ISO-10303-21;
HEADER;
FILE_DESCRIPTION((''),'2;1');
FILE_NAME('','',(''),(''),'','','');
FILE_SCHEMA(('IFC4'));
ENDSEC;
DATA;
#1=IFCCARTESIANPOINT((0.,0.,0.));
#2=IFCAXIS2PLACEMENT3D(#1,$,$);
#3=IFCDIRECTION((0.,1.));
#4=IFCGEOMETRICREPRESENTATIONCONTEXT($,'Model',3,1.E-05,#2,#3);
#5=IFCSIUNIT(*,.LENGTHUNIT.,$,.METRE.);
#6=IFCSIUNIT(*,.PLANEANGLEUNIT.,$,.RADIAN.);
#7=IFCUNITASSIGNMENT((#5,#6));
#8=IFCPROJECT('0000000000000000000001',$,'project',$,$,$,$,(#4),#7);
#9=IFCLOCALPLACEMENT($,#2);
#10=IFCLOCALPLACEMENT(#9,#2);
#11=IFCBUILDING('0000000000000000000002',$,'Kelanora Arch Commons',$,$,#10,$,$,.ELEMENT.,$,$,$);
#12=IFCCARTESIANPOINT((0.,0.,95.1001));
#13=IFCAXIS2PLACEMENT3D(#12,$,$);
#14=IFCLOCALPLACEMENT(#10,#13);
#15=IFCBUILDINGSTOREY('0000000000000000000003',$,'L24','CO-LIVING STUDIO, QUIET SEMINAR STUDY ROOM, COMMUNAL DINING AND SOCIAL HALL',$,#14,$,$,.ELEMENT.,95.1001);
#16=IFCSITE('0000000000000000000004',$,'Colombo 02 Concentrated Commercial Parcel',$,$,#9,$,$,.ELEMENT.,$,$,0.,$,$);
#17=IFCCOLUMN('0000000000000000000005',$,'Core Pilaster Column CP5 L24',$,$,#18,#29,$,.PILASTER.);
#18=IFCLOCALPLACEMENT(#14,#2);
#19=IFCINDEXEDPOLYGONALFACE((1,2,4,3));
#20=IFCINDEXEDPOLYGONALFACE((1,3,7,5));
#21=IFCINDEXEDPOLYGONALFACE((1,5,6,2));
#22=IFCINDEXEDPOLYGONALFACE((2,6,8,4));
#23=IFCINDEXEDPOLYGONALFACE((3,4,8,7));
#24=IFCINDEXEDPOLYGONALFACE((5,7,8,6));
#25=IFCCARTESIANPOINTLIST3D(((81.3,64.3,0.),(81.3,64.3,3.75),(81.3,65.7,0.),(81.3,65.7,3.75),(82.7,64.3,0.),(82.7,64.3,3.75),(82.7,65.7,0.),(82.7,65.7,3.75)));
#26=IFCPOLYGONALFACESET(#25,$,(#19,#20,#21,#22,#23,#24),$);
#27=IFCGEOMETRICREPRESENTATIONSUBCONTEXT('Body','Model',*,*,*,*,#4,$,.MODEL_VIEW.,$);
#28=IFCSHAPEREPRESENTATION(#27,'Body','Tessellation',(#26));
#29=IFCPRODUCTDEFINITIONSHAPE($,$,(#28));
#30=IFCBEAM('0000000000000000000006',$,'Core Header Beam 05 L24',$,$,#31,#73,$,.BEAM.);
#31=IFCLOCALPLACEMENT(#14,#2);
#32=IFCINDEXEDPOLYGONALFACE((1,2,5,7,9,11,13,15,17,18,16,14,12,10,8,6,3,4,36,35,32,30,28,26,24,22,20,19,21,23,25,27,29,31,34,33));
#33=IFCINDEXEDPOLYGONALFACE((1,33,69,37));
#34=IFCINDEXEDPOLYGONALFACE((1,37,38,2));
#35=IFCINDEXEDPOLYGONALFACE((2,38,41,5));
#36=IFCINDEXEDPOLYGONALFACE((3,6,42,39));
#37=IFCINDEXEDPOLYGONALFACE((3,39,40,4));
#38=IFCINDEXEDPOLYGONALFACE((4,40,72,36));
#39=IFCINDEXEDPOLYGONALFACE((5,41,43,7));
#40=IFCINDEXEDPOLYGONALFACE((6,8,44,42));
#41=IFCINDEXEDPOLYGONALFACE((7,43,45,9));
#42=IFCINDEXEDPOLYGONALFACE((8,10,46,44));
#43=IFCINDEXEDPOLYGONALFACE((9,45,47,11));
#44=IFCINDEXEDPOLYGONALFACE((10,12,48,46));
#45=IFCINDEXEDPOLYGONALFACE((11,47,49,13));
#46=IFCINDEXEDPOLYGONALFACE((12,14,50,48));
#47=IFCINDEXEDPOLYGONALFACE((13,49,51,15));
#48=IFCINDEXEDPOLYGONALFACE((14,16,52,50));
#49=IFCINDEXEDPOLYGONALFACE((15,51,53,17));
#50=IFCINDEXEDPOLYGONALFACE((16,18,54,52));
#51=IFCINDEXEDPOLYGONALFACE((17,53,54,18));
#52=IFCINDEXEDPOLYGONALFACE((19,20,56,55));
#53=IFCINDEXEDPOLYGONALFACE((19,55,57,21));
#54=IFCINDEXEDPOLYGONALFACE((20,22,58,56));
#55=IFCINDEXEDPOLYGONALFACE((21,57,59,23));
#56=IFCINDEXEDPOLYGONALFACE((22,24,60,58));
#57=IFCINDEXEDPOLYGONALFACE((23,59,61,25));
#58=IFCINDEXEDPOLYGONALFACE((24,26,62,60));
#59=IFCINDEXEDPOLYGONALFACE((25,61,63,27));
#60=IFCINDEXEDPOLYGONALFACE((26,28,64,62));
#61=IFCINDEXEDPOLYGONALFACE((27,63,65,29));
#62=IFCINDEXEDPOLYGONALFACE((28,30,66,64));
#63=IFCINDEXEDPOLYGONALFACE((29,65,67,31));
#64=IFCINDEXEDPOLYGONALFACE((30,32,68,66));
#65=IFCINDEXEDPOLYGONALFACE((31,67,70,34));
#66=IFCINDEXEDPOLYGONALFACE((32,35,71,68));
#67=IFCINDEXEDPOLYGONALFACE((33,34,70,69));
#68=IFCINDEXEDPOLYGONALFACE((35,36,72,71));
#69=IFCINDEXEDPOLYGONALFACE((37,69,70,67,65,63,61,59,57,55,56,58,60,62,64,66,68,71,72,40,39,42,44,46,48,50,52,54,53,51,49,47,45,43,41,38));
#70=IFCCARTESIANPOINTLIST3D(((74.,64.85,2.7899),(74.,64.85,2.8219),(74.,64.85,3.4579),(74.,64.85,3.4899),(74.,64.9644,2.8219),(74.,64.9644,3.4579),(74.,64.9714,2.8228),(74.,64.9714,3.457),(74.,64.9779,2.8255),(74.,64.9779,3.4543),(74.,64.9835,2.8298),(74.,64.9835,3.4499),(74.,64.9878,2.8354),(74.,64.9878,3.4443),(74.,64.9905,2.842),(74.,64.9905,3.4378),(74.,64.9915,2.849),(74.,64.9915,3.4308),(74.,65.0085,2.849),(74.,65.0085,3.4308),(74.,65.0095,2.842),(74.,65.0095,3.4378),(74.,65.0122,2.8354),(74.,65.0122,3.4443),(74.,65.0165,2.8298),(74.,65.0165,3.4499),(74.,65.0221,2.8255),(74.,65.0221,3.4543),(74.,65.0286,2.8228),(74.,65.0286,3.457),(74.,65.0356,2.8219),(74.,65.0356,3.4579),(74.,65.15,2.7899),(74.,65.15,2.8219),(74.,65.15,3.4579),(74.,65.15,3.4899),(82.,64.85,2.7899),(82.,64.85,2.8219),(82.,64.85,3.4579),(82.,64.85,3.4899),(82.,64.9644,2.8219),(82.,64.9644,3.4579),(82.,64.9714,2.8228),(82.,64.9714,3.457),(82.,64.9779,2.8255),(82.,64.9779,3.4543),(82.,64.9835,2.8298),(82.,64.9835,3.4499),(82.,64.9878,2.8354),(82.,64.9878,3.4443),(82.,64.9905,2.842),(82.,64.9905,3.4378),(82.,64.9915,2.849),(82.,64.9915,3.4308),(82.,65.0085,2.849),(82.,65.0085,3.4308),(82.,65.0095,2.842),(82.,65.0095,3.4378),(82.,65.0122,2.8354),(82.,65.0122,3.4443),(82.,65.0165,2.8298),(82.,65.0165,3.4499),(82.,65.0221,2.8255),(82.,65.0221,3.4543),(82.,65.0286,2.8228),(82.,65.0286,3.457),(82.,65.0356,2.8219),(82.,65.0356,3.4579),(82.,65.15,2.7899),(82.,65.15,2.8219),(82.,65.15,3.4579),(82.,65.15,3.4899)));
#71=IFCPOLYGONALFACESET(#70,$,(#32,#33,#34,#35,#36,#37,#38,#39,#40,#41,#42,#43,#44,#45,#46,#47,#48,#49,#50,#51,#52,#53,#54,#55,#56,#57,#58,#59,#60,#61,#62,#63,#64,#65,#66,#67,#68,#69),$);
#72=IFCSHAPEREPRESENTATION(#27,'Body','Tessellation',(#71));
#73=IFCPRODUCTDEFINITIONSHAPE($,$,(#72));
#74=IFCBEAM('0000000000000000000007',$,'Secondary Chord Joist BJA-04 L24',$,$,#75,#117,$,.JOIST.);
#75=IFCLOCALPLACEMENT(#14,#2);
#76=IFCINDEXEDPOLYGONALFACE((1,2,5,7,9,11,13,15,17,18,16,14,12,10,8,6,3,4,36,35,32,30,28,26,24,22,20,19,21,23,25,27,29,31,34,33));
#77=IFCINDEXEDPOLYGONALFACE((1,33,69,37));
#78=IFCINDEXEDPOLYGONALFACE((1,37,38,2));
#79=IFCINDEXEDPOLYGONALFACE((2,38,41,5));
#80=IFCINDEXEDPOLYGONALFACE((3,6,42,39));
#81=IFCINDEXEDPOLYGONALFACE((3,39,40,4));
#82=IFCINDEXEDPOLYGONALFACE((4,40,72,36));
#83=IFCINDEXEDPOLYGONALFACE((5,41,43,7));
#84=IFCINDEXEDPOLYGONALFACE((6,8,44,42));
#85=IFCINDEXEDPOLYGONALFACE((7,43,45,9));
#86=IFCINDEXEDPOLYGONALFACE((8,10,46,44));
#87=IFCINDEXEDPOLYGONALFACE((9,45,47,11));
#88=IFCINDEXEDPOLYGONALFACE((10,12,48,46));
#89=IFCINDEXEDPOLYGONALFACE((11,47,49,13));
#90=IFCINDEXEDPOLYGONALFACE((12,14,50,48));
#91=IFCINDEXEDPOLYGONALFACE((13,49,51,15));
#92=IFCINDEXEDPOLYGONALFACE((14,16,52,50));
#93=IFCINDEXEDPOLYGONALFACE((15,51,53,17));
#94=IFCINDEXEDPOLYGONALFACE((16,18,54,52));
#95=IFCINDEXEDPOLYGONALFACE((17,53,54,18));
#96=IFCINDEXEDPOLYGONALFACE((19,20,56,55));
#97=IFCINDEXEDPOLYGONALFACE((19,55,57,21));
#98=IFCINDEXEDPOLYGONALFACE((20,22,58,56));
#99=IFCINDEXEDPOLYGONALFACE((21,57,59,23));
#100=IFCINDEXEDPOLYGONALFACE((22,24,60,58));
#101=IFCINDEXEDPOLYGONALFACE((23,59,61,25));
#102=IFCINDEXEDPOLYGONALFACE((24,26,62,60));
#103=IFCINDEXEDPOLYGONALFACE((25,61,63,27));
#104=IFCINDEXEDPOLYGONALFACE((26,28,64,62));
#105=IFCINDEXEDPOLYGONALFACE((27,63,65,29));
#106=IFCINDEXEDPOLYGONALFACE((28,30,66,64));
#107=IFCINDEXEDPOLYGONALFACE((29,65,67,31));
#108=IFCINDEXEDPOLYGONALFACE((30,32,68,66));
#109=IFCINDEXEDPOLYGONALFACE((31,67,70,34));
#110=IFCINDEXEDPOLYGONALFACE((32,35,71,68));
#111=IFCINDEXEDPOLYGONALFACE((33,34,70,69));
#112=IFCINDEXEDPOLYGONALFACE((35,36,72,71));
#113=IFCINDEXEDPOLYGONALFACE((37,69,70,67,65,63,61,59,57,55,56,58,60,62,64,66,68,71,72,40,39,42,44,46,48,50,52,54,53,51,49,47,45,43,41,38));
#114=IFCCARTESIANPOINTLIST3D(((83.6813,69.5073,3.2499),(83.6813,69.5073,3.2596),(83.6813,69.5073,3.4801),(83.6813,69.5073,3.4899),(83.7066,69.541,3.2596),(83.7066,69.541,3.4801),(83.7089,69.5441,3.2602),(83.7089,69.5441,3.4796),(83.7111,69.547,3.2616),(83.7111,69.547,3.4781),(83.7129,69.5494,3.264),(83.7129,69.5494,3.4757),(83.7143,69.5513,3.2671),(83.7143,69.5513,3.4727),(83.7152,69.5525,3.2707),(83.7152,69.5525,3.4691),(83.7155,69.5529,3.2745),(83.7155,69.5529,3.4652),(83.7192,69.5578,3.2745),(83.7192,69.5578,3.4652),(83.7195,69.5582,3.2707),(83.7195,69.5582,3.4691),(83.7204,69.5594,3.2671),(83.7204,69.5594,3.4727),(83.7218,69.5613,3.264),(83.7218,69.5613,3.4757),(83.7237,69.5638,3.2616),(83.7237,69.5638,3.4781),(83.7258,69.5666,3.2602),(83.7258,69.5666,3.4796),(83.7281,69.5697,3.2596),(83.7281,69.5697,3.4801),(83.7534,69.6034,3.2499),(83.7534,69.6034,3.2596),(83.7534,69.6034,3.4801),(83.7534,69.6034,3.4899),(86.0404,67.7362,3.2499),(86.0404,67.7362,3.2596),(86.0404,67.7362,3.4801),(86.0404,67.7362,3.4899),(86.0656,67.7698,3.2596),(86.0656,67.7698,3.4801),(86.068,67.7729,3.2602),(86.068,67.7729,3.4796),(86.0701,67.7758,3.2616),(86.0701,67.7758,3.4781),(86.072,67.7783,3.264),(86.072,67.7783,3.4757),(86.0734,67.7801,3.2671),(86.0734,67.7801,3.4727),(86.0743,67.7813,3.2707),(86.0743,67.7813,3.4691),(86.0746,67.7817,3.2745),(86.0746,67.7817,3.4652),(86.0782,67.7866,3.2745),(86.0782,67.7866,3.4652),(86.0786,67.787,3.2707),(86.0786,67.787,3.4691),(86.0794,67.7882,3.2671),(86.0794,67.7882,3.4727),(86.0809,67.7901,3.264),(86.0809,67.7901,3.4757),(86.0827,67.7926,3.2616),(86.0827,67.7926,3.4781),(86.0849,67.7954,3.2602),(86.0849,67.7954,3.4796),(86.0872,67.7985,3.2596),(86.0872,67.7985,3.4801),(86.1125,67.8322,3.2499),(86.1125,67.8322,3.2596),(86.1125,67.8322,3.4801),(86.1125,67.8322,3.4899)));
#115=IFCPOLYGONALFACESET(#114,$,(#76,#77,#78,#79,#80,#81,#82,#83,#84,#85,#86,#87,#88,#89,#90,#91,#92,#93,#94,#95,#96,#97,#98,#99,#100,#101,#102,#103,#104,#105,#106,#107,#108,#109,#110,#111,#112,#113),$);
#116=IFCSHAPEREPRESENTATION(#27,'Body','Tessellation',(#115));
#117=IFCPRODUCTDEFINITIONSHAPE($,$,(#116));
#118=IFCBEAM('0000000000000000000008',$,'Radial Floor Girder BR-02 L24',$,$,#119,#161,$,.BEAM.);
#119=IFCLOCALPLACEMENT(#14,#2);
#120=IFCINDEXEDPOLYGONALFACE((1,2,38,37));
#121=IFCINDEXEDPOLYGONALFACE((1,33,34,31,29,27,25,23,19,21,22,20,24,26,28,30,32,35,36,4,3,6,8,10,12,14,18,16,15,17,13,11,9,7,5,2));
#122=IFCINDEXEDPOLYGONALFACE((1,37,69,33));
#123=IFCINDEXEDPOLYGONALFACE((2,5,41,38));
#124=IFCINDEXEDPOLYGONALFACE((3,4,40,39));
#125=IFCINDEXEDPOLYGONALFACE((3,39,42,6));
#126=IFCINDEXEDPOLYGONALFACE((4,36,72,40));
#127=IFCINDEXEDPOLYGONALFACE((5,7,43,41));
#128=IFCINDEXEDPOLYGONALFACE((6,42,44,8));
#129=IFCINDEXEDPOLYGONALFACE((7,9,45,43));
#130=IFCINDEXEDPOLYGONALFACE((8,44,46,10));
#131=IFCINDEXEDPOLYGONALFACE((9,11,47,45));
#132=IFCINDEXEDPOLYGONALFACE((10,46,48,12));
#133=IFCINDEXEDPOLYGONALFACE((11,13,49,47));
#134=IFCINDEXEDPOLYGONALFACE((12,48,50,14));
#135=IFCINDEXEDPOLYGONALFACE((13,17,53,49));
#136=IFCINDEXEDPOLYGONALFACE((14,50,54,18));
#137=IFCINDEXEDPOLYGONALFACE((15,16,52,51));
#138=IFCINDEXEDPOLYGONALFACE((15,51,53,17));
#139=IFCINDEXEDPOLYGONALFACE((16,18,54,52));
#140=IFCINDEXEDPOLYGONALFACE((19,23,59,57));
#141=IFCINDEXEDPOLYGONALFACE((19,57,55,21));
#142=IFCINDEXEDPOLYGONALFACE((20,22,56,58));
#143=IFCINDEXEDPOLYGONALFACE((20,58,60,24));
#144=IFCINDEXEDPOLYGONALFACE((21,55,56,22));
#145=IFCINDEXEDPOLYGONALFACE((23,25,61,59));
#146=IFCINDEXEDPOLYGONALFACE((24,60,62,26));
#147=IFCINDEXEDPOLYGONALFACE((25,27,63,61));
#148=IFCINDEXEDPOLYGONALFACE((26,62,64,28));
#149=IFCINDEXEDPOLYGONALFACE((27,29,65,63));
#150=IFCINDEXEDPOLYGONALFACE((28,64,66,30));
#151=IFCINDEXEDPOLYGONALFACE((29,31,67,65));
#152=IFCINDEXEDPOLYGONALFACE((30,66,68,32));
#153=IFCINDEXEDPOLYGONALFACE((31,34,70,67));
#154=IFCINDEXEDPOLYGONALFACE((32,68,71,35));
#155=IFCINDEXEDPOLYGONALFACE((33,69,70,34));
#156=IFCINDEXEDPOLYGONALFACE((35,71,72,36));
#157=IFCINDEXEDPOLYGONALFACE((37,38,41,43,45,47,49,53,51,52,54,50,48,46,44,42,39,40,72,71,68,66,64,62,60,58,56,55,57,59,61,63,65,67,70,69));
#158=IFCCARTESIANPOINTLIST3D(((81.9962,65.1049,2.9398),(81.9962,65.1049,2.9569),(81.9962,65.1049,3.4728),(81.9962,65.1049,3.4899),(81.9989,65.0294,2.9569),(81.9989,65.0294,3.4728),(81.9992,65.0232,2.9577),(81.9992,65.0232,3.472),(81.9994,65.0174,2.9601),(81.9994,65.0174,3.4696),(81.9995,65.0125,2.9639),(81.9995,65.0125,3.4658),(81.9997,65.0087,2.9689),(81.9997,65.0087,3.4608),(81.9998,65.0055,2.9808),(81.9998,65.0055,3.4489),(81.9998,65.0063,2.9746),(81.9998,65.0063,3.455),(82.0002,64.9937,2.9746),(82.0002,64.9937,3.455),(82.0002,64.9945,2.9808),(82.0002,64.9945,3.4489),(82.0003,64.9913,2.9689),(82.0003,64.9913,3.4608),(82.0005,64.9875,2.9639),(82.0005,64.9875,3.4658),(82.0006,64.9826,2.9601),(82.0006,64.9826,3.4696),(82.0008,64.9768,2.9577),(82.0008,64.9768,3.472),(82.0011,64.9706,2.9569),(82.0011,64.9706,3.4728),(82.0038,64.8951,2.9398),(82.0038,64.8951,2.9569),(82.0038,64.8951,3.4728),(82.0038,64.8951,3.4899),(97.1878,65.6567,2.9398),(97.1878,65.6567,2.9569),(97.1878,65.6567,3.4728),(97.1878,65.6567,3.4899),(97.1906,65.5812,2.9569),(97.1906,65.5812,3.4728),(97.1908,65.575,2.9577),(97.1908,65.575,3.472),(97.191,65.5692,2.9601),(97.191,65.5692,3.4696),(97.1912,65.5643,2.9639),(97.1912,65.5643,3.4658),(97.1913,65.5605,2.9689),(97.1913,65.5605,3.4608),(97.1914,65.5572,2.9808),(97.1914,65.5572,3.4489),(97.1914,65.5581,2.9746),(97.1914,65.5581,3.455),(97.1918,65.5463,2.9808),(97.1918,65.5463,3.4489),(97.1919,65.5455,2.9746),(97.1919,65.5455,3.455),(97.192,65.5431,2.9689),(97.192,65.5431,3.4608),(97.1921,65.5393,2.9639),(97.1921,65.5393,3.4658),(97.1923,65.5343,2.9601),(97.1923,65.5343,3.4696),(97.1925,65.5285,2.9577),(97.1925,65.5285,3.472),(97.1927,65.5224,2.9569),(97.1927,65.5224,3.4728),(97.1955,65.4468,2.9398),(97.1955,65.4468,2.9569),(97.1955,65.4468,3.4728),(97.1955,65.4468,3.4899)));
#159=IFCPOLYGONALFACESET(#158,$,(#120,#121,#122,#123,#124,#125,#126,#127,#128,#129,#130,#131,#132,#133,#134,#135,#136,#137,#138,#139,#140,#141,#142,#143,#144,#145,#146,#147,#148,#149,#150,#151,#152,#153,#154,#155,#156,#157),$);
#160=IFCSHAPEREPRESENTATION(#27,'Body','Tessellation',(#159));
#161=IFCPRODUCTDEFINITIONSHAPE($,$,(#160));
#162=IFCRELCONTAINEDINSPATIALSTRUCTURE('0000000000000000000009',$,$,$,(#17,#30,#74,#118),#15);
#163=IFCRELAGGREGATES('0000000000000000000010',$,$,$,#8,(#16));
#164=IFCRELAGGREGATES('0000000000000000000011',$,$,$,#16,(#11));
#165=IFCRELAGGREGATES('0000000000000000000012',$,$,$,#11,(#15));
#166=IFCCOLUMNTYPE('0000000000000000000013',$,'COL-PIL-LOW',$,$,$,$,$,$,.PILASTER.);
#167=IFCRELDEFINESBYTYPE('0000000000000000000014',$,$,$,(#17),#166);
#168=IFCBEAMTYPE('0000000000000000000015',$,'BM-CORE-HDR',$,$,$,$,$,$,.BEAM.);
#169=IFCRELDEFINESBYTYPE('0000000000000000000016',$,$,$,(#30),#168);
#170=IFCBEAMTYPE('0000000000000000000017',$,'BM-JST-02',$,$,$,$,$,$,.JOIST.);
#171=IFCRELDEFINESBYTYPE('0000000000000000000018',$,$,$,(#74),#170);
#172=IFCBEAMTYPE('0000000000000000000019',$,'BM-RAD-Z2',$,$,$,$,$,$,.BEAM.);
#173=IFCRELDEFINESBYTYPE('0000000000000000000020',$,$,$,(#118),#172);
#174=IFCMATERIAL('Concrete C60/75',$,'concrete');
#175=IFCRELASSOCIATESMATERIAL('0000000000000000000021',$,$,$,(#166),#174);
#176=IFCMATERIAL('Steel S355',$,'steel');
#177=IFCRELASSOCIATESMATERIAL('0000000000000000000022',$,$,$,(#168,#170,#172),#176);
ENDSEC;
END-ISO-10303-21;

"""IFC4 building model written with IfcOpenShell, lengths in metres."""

from ifc_helpers import new_model, si_unit, direction, frame, origin, origin_2d, place, context, subcontext, project, spatial, rectangle, i_section, extrude, material, material_profile, profile_set, type_object, element, save


model = new_model("IFC4")

# Units and contexts
model_context = context("Model", 3, precision=1e-05, world=origin(), true_north=direction((0.0, 1.0)))
body_context = subcontext(model_context, "Body", "Model", "MODEL_VIEW")
ifc_project = project(units=[si_unit("LENGTHUNIT", "METRE"), si_unit("PLANEANGLEUNIT", "RADIAN")], contexts=[model_context])

# Site, building, storey
site_placement = place(None, origin())
site = spatial("IfcSite", under=ifc_project, at=site_placement, Name="Colombo 02 Concentrated Commercial Parcel", CompositionType="ELEMENT", RefElevation=0.0)
building_placement = place(site_placement, origin())
building = spatial("IfcBuilding", under=site, at=building_placement, Name="Kelanora Arch Commons", CompositionType="ELEMENT")
storey_placement = place(building_placement, frame((0.0, 0.0, 95.1001)))
storey = spatial("IfcBuildingStorey", under=building, at=storey_placement, Name="L24", Description="CO-LIVING STUDIO, QUIET SEMINAR STUDY ROOM, COMMUNAL DINING AND SOCIAL HALL", CompositionType="ELEMENT", Elevation=95.1001)

# Column
ifc_material_1 = material(Name="Concrete C60/75", Category="concrete")
ifc_material_profile_1 = material_profile(ifc_material_1, rectangle(XDim=1.3999, YDim=1.3999, at=origin_2d()), Name="RC1400x1400")
ifc_profile_set_1 = profile_set([ifc_material_profile_1], Name="Concrete C60/75")
column_type = type_object("IfcColumnType", Name="COL-PIL-LOW", PredefinedType="PILASTER", material=ifc_profile_set_1)
column_placement = place(storey_placement, frame((82.0, 65.0, 0.0), z_axis=(0.0, 0.0, 1.0), x_axis=(1.0, 0.0, 0.0)))
element("IfcColumn", 1, at=column_placement, inside=storey, type_object=column_type, Name="Core Pilaster Column CP5 L24", PredefinedType="PILASTER", context=body_context, shape_type="SweptSolid", body=[
    extrude(rectangle(XDim=1.3999, YDim=1.3999, at=origin_2d()), origin(), (0.0, 0.0, 1.0), 3.75),
])

# Beams
ifc_material_2 = material(Name="Steel S355", Category="steel")
ifc_material_profile_2 = material_profile(ifc_material_2, i_section(OverallWidth=0.3, OverallDepth=0.7, WebThickness=0.0171, FlangeThickness=0.032, FilletRadius=0.0271, at=origin_2d()), Name="HEB700")
ifc_profile_set_2 = profile_set([ifc_material_profile_2], Name="Steel S355")
beam_type_1 = type_object("IfcBeamType", Name="BM-CORE-HDR", PredefinedType="BEAM", material=ifc_profile_set_2)
beam_1_placement = place(storey_placement, frame((82.0, 65.0, 3.1399), z_axis=(-1.0, 0.0, 0.0), x_axis=(0.0, -1.0, 0.0)))
element("IfcBeam", 2, at=beam_1_placement, inside=storey, type_object=beam_type_1, Name="Core Header Beam 05 L24", PredefinedType="BEAM", context=body_context, shape_type="SweptSolid", body=[
    extrude(i_section(OverallWidth=0.3, OverallDepth=0.7, WebThickness=0.0171, FlangeThickness=0.032, FilletRadius=0.0271, at=origin_2d()), origin(), (0.0, 0.0, 1.0), 8.0),
])
ifc_material_profile_3 = material_profile(ifc_material_2, i_section(OverallWidth=0.1201, OverallDepth=0.24, WebThickness=0.0061, FlangeThickness=0.0098, FilletRadius=0.0149, at=origin_2d()), Name="IPE240")
ifc_profile_set_3 = profile_set([ifc_material_profile_3], Name="Steel S355")
beam_type_2 = type_object("IfcBeamType", Name="BM-JST-02", PredefinedType="JOIST", material=ifc_profile_set_3)
beam_2_placement = place(storey_placement, frame((86.0764, 67.7842, 3.3699), z_axis=(-0.799692, 0.60041, 0.0), x_axis=(-0.60041, -0.799692, 0.0)))
element("IfcBeam", 3, at=beam_2_placement, inside=storey, type_object=beam_type_2, Name="Secondary Chord Joist BJA-04 L24", PredefinedType="JOIST", context=body_context, shape_type="SweptSolid", body=[
    extrude(i_section(OverallWidth=0.1201, OverallDepth=0.24, WebThickness=0.0061, FlangeThickness=0.0098, FilletRadius=0.0149, at=origin_2d()), origin(), (0.0, 0.0, 1.0), 2.95),
])
ifc_material_profile_4 = material_profile(ifc_material_2, i_section(OverallWidth=0.21, OverallDepth=0.55, WebThickness=0.011, FlangeThickness=0.0171, FilletRadius=0.0239, at=origin_2d()), Name="IPE550")
ifc_profile_set_4 = profile_set([ifc_material_profile_4], Name="Steel S355")
beam_type_3 = type_object("IfcBeamType", Name="BM-RAD-Z2", PredefinedType="BEAM", material=ifc_profile_set_4)
beam_3_placement = place(storey_placement, frame((82.0, 65.0, 3.2148), z_axis=(0.999341, 0.036296, 0.0), x_axis=(-0.036296, 0.999341, 0.0)))
element("IfcBeam", 4, at=beam_3_placement, inside=storey, type_object=beam_type_3, Name="Radial Floor Girder BR-02 L24", PredefinedType="BEAM", context=body_context, shape_type="SweptSolid", body=[
    extrude(i_section(OverallWidth=0.21, OverallDepth=0.55, WebThickness=0.011, FlangeThickness=0.0171, FilletRadius=0.0239, at=origin_2d()), origin(), (0.0, 0.0, 1.0), 15.2017),
])

save(model, "model.ifc")
